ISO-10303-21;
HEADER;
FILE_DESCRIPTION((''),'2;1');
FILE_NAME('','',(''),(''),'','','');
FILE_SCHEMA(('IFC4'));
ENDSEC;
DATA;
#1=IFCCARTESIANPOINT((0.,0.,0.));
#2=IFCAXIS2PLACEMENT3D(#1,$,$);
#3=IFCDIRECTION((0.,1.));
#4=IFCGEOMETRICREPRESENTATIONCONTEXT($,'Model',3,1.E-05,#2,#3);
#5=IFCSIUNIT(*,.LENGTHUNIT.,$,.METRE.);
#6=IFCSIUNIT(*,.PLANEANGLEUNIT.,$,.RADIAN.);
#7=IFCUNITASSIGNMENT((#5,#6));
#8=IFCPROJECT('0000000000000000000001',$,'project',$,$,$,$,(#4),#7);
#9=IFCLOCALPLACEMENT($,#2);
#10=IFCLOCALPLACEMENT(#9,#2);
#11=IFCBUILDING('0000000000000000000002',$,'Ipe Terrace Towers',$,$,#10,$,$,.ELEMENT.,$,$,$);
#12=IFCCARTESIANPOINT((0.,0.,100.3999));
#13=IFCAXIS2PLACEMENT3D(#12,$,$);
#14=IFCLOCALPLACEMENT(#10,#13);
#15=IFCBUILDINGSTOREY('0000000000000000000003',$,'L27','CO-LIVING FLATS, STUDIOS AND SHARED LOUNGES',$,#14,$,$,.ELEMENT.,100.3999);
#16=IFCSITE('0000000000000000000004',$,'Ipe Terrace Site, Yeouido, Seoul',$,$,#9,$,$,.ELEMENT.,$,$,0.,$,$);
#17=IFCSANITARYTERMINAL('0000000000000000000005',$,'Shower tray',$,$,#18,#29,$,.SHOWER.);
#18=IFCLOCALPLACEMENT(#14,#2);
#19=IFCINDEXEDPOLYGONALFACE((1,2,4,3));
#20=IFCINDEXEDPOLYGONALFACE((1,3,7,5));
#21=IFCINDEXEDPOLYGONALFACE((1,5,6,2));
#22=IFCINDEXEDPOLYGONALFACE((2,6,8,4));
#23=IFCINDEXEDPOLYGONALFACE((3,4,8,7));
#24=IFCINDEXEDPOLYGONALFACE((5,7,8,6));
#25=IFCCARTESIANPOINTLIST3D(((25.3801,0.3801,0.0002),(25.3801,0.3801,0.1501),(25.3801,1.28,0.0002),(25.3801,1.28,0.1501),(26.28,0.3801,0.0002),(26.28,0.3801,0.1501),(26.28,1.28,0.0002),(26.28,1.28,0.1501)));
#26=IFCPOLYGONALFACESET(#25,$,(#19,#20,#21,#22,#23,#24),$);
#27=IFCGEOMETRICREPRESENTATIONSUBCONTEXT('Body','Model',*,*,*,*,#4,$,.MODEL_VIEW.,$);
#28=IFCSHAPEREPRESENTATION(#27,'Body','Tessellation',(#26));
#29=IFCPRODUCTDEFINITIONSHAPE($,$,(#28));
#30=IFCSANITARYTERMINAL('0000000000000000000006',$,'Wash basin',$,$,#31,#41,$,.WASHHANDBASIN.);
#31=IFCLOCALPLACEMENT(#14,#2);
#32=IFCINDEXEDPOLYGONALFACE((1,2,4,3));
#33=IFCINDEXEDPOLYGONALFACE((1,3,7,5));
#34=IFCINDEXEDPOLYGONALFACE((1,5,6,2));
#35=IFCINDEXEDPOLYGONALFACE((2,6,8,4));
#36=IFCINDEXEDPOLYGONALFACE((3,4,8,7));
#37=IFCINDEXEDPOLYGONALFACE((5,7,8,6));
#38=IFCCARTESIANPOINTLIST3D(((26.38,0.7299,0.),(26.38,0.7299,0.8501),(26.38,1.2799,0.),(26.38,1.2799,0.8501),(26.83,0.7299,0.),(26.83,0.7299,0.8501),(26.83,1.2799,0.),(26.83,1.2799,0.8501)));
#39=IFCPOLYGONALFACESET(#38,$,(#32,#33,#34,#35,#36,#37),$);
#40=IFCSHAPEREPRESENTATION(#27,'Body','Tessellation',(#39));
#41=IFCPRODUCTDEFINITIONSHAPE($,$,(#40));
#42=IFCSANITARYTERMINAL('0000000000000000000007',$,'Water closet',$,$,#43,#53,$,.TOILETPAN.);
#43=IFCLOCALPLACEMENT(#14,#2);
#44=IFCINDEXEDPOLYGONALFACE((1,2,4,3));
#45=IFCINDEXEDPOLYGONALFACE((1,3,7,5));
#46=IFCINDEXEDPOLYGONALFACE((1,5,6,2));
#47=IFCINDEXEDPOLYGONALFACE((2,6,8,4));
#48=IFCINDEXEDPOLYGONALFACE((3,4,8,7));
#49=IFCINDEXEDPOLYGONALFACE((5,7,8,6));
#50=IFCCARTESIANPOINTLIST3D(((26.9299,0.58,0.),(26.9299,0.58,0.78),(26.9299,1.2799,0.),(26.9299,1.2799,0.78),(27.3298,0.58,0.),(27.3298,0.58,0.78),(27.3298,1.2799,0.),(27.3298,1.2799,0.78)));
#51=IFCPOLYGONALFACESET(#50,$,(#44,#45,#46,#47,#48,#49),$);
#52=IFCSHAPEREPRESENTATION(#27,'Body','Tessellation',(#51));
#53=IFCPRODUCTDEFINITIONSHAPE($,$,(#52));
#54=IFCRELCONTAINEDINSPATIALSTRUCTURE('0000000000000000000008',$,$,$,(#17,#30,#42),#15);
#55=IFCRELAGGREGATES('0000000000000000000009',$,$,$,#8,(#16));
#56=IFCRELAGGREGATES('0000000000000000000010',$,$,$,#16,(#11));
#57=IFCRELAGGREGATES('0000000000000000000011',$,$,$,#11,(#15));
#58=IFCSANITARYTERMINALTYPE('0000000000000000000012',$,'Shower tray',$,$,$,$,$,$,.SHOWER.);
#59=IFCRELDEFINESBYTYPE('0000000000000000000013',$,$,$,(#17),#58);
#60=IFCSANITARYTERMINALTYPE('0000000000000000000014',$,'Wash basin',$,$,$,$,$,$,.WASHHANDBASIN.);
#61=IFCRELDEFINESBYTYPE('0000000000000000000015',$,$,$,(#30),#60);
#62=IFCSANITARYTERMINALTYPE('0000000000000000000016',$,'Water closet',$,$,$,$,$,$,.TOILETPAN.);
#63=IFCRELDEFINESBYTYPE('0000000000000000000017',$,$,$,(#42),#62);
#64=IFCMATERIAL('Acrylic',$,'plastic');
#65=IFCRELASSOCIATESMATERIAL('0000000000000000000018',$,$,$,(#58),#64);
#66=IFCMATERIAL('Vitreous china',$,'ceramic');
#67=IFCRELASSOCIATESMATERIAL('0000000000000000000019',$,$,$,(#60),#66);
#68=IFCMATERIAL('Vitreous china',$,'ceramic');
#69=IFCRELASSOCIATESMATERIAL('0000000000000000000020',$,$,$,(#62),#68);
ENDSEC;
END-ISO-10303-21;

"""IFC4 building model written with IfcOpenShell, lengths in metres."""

from ifc_helpers import new_model, si_unit, direction, frame, origin, origin_2d, place, context, subcontext, project, spatial, rectangle, extrude, material, type_object, element, save


model = new_model("IFC4")

# Units and contexts
model_context = context("Model", 3, precision=1e-05, world=origin(), true_north=direction((0.0, 1.0)))
body_context = subcontext(model_context, "Body", "Model", "MODEL_VIEW")
ifc_project = project(units=[si_unit("LENGTHUNIT", "METRE"), si_unit("PLANEANGLEUNIT", "RADIAN")], contexts=[model_context])

# Site, building, storey
site_placement = place(None, origin())
site = spatial("IfcSite", under=ifc_project, at=site_placement, Name="Ipe Terrace Site, Yeouido, Seoul", CompositionType="ELEMENT", RefElevation=0.0)
building_placement = place(site_placement, origin())
building = spatial("IfcBuilding", under=site, at=building_placement, Name="Ipe Terrace Towers", CompositionType="ELEMENT")
storey_placement = place(building_placement, frame((0.0, 0.0, 100.3999)))
storey = spatial("IfcBuildingStorey", under=building, at=storey_placement, Name="L27", Description="CO-LIVING FLATS, STUDIOS AND SHARED LOUNGES", CompositionType="ELEMENT", Elevation=100.3999)

# Sanitary terminals
ifc_material_1 = material(Name="Acrylic", Category="plastic")
sanitary_terminal_type_1 = type_object("IfcSanitaryTerminalType", Name="Shower tray", PredefinedType="SHOWER", material=ifc_material_1)
sanitary_terminal_1_placement = place(storey_placement, frame((25.8301, 0.8301, 0.0002), z_axis=(0.0, 0.0, 1.0), x_axis=(0.0, -1.0, 0.0)))
element("IfcSanitaryTerminal", 1, at=sanitary_terminal_1_placement, inside=storey, type_object=sanitary_terminal_type_1, Name="Shower tray", PredefinedType="SHOWER", context=body_context, shape_type="SweptSolid", body=[
    extrude(rectangle(XDim=0.8999, YDim=0.8999, at=origin_2d()), origin(), (0.0, 0.0, 1.0), 0.1499),
])
ifc_material_2 = material(Name="Vitreous china", Category="ceramic")
sanitary_terminal_type_2 = type_object("IfcSanitaryTerminalType", Name="Wash basin", PredefinedType="WASHHANDBASIN", material=ifc_material_2)
sanitary_terminal_2_placement = place(storey_placement, frame((26.605, 1.0049, 0.0), z_axis=(0.0, 0.0, 1.0), x_axis=(0.0, -1.0, 0.0)))
element("IfcSanitaryTerminal", 2, at=sanitary_terminal_2_placement, inside=storey, type_object=sanitary_terminal_type_2, Name="Wash basin", PredefinedType="WASHHANDBASIN", context=body_context, shape_type="SweptSolid", body=[
    extrude(rectangle(XDim=0.55, YDim=0.45, at=origin_2d()), origin(), (0.0, 0.0, 1.0), 0.8501),
])
ifc_material_3 = material(Name="Vitreous china", Category="ceramic")
sanitary_terminal_type_3 = type_object("IfcSanitaryTerminalType", Name="Water closet", PredefinedType="TOILETPAN", material=ifc_material_3)
sanitary_terminal_3_placement = place(storey_placement, frame((27.1299, 0.9299, 0.0), z_axis=(0.0, 0.0, 1.0), x_axis=(0.0, -1.0, 0.0)))
element("IfcSanitaryTerminal", 3, at=sanitary_terminal_3_placement, inside=storey, type_object=sanitary_terminal_type_3, Name="Water closet", PredefinedType="TOILETPAN", context=body_context, shape_type="SweptSolid", body=[
    extrude(rectangle(XDim=0.7, YDim=0.3999, at=origin_2d()), origin(), (0.0, 0.0, 1.0), 0.78),
])

save(model, "model.ifc")
